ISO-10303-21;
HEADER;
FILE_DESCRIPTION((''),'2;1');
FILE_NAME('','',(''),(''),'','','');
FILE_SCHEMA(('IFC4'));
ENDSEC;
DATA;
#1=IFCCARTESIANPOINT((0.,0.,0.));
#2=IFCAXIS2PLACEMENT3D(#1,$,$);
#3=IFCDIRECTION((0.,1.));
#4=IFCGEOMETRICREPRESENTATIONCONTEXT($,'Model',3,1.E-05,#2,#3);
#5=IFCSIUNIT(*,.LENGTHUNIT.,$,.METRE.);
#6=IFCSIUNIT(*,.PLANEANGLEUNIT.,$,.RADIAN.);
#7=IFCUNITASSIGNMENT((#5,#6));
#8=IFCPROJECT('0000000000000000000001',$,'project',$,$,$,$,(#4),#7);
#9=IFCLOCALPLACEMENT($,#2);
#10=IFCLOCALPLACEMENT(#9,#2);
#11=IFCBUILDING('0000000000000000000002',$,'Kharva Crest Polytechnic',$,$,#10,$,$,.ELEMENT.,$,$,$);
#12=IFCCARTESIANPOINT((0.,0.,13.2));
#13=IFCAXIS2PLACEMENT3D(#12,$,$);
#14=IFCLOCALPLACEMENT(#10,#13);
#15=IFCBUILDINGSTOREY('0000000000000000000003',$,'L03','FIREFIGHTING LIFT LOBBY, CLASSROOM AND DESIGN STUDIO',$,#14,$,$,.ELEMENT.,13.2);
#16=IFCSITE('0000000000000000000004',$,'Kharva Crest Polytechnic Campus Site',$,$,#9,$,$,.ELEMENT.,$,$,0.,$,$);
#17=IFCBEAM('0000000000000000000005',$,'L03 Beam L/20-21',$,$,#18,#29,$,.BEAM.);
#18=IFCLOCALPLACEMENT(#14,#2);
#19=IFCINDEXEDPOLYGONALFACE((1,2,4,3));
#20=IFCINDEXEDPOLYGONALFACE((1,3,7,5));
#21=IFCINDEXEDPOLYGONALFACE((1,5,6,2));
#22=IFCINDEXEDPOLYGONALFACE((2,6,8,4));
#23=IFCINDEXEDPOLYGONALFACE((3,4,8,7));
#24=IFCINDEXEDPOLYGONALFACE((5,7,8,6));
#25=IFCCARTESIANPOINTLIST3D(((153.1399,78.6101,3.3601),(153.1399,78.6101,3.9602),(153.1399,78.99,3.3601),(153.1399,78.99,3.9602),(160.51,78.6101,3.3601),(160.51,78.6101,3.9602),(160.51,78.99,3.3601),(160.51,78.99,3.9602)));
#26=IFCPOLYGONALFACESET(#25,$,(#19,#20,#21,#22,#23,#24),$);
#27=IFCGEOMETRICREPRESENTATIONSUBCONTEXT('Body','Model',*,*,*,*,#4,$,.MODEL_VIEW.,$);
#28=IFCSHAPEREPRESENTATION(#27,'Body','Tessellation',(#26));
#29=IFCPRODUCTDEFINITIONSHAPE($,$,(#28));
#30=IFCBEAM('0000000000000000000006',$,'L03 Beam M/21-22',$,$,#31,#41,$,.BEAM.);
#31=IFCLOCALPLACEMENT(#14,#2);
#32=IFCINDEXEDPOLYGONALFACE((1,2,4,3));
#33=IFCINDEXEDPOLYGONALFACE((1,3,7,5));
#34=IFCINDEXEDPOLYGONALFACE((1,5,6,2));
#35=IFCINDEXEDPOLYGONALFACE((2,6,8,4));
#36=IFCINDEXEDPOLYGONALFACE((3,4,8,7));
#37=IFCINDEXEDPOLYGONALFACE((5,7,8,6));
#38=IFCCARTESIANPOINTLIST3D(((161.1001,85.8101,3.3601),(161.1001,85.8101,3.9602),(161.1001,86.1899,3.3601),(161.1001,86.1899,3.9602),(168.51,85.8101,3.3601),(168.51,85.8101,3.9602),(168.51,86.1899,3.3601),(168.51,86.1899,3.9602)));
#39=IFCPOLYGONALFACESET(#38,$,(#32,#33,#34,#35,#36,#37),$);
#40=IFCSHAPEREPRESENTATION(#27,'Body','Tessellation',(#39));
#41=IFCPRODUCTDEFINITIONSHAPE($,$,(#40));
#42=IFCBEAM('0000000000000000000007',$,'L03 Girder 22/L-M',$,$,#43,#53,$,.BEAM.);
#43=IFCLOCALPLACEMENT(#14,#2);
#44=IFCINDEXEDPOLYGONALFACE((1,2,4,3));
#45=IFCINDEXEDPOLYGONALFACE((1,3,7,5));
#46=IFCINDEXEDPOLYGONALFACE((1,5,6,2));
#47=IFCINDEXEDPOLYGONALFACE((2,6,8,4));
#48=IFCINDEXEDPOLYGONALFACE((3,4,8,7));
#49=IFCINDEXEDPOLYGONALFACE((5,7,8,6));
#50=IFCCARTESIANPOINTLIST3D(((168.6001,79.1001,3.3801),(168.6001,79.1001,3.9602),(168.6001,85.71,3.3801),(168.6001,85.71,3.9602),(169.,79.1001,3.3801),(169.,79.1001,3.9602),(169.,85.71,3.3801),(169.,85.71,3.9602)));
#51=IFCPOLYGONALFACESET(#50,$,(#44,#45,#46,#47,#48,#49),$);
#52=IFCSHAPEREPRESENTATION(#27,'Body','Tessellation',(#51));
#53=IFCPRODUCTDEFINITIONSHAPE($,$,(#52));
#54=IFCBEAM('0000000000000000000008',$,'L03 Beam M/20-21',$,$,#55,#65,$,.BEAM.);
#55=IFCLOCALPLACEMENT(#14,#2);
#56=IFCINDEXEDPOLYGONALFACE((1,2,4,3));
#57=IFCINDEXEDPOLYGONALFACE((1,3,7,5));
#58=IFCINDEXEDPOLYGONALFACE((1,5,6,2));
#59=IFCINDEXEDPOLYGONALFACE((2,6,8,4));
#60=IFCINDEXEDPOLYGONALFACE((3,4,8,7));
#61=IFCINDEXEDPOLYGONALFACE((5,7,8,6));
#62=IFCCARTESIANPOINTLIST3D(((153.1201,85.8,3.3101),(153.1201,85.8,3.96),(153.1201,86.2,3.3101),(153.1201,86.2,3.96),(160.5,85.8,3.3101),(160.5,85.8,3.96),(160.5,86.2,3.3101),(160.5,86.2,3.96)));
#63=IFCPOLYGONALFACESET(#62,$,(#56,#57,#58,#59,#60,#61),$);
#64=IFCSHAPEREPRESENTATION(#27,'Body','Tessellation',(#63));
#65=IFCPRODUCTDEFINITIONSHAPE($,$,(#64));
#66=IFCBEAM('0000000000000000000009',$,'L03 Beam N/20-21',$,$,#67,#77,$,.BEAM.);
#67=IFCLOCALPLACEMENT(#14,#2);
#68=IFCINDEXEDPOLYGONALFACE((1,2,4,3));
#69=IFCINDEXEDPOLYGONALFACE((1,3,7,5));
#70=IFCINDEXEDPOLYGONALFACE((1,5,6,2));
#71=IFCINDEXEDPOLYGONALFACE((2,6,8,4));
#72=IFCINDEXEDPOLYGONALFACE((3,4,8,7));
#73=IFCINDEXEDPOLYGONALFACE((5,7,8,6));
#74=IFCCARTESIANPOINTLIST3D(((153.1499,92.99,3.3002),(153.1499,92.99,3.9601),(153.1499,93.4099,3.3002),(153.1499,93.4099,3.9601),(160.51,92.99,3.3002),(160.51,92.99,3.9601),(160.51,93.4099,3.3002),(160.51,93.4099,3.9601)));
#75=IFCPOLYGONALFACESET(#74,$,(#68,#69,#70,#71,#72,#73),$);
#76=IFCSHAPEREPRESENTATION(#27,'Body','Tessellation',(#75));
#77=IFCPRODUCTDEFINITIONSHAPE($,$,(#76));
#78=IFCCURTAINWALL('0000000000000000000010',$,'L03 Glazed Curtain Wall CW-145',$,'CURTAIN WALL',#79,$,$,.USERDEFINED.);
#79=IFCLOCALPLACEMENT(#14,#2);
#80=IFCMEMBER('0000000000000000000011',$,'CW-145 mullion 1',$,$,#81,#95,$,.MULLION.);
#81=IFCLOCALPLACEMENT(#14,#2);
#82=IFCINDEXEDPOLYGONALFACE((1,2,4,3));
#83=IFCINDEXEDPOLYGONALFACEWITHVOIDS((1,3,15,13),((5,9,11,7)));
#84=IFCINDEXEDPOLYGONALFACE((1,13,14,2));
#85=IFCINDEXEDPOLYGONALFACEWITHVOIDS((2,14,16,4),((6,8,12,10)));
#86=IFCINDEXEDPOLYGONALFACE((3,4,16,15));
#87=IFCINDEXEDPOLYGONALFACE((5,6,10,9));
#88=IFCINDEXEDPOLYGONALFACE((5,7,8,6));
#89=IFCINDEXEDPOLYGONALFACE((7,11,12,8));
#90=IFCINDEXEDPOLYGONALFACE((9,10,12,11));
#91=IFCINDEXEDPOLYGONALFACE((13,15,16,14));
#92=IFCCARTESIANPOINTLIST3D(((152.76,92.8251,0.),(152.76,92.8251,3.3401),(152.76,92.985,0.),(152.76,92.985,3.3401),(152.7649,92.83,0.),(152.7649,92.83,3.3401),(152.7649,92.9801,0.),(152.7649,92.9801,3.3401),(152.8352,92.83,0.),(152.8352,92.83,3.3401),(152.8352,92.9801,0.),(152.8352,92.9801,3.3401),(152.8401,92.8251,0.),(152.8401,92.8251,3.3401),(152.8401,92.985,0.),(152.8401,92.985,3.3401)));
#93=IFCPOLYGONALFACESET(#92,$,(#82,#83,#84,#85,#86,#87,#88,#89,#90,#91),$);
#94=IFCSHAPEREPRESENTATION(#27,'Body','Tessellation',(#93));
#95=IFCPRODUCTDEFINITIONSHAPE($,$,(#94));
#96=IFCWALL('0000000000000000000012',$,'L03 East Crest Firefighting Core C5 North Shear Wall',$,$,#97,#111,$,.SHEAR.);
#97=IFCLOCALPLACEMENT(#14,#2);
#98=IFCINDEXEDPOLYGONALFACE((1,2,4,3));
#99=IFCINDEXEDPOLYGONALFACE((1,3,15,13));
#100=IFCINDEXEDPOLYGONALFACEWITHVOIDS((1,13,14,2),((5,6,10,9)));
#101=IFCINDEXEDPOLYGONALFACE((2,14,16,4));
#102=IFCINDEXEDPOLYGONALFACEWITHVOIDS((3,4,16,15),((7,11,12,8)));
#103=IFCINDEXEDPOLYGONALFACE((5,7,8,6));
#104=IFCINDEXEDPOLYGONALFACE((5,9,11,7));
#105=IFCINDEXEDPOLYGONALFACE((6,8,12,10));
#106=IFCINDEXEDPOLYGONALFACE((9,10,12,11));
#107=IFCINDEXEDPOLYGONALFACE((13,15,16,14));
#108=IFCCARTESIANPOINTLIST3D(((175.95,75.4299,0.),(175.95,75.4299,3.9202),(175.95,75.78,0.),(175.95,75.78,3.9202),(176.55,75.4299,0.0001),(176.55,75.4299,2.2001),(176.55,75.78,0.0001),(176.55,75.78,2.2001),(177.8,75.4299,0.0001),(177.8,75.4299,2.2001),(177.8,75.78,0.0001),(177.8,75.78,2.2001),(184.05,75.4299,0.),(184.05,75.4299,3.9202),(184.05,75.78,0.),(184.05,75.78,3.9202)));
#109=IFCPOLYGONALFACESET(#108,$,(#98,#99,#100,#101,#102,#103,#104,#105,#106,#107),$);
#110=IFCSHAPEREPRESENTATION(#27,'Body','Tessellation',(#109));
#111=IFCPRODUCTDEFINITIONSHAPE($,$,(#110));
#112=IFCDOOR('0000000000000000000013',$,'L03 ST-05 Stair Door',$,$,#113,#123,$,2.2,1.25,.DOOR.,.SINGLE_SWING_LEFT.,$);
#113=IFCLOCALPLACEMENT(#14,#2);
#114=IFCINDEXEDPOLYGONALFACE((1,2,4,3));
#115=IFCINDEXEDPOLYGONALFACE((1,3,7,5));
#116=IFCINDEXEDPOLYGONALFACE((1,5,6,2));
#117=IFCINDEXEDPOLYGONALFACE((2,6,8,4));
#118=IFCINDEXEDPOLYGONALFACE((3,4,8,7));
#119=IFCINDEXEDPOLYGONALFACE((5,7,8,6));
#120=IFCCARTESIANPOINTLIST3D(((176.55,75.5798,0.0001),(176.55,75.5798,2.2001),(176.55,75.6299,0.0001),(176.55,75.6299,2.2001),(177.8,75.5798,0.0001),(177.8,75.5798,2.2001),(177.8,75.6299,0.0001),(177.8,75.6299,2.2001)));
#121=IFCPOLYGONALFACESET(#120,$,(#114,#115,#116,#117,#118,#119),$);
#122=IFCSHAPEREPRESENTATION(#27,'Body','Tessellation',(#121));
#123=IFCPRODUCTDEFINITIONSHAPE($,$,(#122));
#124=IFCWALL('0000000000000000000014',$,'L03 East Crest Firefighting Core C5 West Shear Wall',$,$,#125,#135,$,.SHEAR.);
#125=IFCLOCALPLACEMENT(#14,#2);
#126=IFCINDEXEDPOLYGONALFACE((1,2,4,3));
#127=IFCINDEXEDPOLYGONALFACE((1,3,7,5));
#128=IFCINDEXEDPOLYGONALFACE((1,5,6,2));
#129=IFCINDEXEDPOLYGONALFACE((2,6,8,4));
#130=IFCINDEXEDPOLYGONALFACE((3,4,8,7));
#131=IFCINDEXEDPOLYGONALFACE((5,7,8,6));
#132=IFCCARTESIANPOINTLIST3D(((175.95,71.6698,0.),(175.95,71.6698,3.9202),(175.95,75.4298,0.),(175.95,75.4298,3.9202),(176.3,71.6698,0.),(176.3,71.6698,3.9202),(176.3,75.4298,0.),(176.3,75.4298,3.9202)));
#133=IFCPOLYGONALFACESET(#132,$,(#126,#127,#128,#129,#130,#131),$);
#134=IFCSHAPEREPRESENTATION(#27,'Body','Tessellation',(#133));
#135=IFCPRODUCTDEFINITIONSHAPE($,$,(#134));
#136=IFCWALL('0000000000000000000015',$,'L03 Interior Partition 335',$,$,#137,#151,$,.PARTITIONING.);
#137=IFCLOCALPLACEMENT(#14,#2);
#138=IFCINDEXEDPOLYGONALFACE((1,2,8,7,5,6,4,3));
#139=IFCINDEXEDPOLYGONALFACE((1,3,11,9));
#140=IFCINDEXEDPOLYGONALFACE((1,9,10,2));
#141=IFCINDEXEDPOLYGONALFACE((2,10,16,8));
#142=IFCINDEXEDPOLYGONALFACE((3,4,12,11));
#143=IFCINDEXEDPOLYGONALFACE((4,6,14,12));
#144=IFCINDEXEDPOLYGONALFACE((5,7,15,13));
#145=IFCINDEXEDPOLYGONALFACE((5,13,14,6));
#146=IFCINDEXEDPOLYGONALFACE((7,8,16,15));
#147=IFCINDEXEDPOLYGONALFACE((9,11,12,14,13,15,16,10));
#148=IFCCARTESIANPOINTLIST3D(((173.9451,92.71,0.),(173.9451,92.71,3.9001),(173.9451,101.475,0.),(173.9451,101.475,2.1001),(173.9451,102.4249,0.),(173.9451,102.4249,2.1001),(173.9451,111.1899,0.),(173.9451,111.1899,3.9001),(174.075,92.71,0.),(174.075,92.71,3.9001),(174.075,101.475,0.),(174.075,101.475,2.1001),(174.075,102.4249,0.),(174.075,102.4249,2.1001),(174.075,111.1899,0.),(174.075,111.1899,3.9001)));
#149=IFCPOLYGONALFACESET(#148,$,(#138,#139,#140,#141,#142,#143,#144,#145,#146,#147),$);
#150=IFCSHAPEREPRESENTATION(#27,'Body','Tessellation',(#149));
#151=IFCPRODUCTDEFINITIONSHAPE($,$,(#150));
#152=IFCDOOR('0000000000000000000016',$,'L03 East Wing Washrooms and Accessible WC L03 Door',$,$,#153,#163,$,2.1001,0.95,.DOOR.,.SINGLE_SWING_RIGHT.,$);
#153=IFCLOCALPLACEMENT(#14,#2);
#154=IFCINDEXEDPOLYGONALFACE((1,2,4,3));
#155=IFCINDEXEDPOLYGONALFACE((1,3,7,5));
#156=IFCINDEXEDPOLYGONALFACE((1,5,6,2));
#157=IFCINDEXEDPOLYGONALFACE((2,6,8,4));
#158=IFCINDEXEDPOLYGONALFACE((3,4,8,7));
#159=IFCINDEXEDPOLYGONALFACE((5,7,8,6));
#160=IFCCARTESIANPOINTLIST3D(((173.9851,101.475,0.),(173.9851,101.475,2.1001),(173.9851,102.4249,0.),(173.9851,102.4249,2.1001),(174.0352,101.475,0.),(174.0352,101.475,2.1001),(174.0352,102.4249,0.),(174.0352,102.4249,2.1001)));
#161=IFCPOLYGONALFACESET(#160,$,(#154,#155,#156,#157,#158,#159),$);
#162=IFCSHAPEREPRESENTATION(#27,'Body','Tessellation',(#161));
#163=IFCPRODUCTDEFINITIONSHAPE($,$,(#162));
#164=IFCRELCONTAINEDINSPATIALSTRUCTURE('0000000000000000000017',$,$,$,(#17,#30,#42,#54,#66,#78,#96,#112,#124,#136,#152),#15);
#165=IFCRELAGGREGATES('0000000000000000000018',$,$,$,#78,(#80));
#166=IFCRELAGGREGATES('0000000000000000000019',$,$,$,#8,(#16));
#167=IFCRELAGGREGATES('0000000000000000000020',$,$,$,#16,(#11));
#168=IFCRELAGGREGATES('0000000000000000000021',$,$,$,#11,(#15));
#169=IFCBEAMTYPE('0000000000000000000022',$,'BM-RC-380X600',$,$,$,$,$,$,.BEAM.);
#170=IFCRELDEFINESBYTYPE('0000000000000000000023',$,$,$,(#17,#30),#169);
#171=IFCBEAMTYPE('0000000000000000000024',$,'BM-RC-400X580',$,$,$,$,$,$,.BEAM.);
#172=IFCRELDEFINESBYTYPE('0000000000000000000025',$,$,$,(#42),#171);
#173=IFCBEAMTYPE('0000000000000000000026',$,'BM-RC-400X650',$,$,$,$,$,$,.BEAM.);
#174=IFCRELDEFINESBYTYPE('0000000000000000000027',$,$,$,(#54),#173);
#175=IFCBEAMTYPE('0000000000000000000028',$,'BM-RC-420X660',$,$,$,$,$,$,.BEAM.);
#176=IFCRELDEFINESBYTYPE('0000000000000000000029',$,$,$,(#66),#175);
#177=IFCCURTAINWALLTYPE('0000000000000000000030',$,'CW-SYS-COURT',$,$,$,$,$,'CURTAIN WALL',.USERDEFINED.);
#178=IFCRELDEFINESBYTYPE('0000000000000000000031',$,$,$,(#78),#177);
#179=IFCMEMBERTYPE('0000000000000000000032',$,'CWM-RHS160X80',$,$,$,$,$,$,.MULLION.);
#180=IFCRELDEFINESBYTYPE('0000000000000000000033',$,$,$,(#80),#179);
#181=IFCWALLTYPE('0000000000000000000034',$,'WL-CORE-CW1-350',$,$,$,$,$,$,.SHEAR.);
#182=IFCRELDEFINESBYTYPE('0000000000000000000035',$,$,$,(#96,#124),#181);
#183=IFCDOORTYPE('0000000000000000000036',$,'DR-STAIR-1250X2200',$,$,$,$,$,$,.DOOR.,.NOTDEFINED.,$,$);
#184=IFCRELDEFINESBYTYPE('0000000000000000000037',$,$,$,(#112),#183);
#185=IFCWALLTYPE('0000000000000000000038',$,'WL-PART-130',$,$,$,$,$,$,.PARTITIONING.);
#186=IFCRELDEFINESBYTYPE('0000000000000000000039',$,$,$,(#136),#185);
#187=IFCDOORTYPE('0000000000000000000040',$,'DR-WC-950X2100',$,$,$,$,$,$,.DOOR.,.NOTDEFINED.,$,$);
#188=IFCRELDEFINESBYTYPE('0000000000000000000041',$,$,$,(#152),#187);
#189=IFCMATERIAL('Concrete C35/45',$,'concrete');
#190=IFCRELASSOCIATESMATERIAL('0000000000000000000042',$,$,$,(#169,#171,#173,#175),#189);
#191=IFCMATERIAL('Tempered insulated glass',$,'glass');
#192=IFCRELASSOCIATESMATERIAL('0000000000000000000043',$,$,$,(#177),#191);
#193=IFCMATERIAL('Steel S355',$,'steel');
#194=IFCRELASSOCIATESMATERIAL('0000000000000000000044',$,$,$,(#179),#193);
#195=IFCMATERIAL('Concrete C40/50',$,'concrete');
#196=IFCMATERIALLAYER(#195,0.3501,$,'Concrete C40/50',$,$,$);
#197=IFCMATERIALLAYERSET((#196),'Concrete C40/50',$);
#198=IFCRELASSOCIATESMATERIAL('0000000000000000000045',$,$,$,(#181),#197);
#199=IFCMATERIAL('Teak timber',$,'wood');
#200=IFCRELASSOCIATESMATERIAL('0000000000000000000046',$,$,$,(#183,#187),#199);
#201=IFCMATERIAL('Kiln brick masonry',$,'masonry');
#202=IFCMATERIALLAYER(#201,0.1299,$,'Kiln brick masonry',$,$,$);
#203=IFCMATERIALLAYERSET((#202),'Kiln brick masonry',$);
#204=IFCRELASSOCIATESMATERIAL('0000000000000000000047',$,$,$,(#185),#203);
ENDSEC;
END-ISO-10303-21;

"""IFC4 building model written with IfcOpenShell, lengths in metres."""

from ifc_helpers import new_model, si_unit, direction, frame, frame_2d, origin, origin_2d, place, context, subcontext, project, spatial, rectangle, hollow_rectangle, extrude, material, layer, layer_set, material_profile, profile_set, type_object, element, fill, aggregate, save


model = new_model("IFC4")

# Units and contexts
model_context = context("Model", 3, precision=1e-05, world=origin(), true_north=direction((0.0, 1.0)))
body_context = subcontext(model_context, "Body", "Model", "MODEL_VIEW")
ifc_project = project(units=[si_unit("LENGTHUNIT", "METRE"), si_unit("PLANEANGLEUNIT", "RADIAN")], contexts=[model_context])

# Site, building, storey
site_placement = place(None, origin())
site = spatial("IfcSite", under=ifc_project, at=site_placement, Name="Kharva Crest Polytechnic Campus Site", CompositionType="ELEMENT", RefElevation=0.0)
building_placement = place(site_placement, origin())
building = spatial("IfcBuilding", under=site, at=building_placement, Name="Kharva Crest Polytechnic", CompositionType="ELEMENT")
storey_placement = place(building_placement, frame((0.0, 0.0, 13.2)))
storey = spatial("IfcBuildingStorey", under=building, at=storey_placement, Name="L03", Description="FIREFIGHTING LIFT LOBBY, CLASSROOM AND DESIGN STUDIO", CompositionType="ELEMENT", Elevation=13.2)

# Shared definitions
ifc_material_1 = material(Name="Concrete C40/50", Category="concrete")

# Beams
ifc_material_2 = material(Name="Concrete C35/45", Category="concrete")
ifc_material_profile_1 = material_profile(ifc_material_2, rectangle(XDim=0.3799, YDim=0.6001, at=origin_2d()), Name="RECT 380 X 600")
ifc_profile_set_1 = profile_set([ifc_material_profile_1], Name="Concrete C35/45")
beam_type_1 = type_object("IfcBeamType", Name="BM-RC-380X600", PredefinedType="BEAM", material=ifc_profile_set_1)
beam_1_placement = place(storey_placement, frame((153.1399, 78.8, 3.6602), z_axis=(1.0, 0.0, 0.0), x_axis=(0.0, 1.0, 0.0)))
element("IfcBeam", 1, at=beam_1_placement, inside=storey, type_object=beam_type_1, Name="L03 Beam L/20-21", PredefinedType="BEAM", context=body_context, shape_type="SweptSolid", body=[
    extrude(rectangle(XDim=0.3799, YDim=0.6001, at=origin_2d()), origin(), (0.0, 0.0, 1.0), 7.3701),
])
beam_2_placement = place(storey_placement, frame((161.1001, 86.0, 3.6602), z_axis=(1.0, 0.0, 0.0), x_axis=(0.0, 1.0, 0.0)))
element("IfcBeam", 2, at=beam_2_placement, inside=storey, type_object=beam_type_1, Name="L03 Beam M/21-22", PredefinedType="BEAM", context=body_context, shape_type="SweptSolid", body=[
    extrude(rectangle(XDim=0.3799, YDim=0.6001, at=origin_2d()), origin(), (0.0, 0.0, 1.0), 7.4099),
])
ifc_material_profile_2 = material_profile(ifc_material_2, rectangle(XDim=0.3999, YDim=0.5801, at=origin_2d()), Name="RECT 400 X 580")
ifc_profile_set_2 = profile_set([ifc_material_profile_2], Name="Concrete C35/45")
beam_type_2 = type_object("IfcBeamType", Name="BM-RC-400X580", PredefinedType="BEAM", material=ifc_profile_set_2)
beam_3_placement = place(storey_placement, frame((168.8, 79.1001, 3.6702), z_axis=(0.0, 1.0, 0.0), x_axis=(-1.0, 0.0, 0.0)))
element("IfcBeam", 3, at=beam_3_placement, inside=storey, type_object=beam_type_2, Name="L03 Girder 22/L-M", PredefinedType="BEAM", context=body_context, shape_type="SweptSolid", body=[
    extrude(rectangle(XDim=0.3999, YDim=0.5801, at=origin_2d()), origin(), (0.0, 0.0, 1.0), 6.6099),
])
ifc_material_profile_3 = material_profile(ifc_material_2, rectangle(XDim=0.3999, YDim=0.6499, at=origin_2d()), Name="RECT 400 X 650")
ifc_profile_set_3 = profile_set([ifc_material_profile_3], Name="Concrete C35/45")
beam_type_3 = type_object("IfcBeamType", Name="BM-RC-400X650", PredefinedType="BEAM", material=ifc_profile_set_3)
beam_4_placement = place(storey_placement, frame((153.1201, 86.0, 3.635), z_axis=(1.0, 0.0, 0.0), x_axis=(0.0, 1.0, 0.0)))
element("IfcBeam", 4, at=beam_4_placement, inside=storey, type_object=beam_type_3, Name="L03 Beam M/20-21", PredefinedType="BEAM", context=body_context, shape_type="SweptSolid", body=[
    extrude(rectangle(XDim=0.3999, YDim=0.6499, at=origin_2d()), origin(), (0.0, 0.0, 1.0), 7.3799),
])
ifc_material_profile_4 = material_profile(ifc_material_2, rectangle(XDim=0.4199, YDim=0.6599, at=origin_2d()), Name="RECT 420 X 660")
ifc_profile_set_4 = profile_set([ifc_material_profile_4], Name="Concrete C35/45")
beam_type_4 = type_object("IfcBeamType", Name="BM-RC-420X660", PredefinedType="BEAM", material=ifc_profile_set_4)
beam_5_placement = place(storey_placement, frame((153.1499, 93.2, 3.6301), z_axis=(1.0, 0.0, 0.0), x_axis=(0.0, 1.0, 0.0)))
element("IfcBeam", 5, at=beam_5_placement, inside=storey, type_object=beam_type_4, Name="L03 Beam N/20-21", PredefinedType="BEAM", context=body_context, shape_type="SweptSolid", body=[
    extrude(rectangle(XDim=0.4199, YDim=0.6599, at=origin_2d()), origin(), (0.0, 0.0, 1.0), 7.3601),
])

# Curtain wall, member
ifc_material_3 = material(Name="Tempered insulated glass", Category="glass")
curtain_wall_type = type_object("IfcCurtainWallType", Name="CW-SYS-COURT", ElementType="CURTAIN WALL", PredefinedType="USERDEFINED", material=ifc_material_3)
curtain_wall_placement = place(storey_placement, origin())
curtain_wall = element("IfcCurtainWall", 6, at=curtain_wall_placement, inside=storey, type_object=curtain_wall_type, Name="L03 Glazed Curtain Wall CW-145", ObjectType="CURTAIN WALL", PredefinedType="USERDEFINED")
ifc_material_4 = material(Name="Steel S355", Category="steel")
ifc_material_profile_5 = material_profile(ifc_material_4, hollow_rectangle(XDim=0.0801, YDim=0.1599, WallThickness=0.0049, at=origin_2d()), Name="RHS 160X80X5.0")
ifc_profile_set_5 = profile_set([ifc_material_profile_5], Name="Steel S355")
member_type = type_object("IfcMemberType", Name="CWM-RHS160X80", PredefinedType="MULLION", material=ifc_profile_set_5)
member_placement = place(storey_placement, frame((152.8, 92.905, 0.0), z_axis=(0.0, 0.0, 1.0), x_axis=(1.0, 0.0, 0.0)))
member = element("IfcMember", 7, at=member_placement, type_object=member_type, Name="CW-145 mullion 1", PredefinedType="MULLION", context=body_context, shape_type="SweptSolid", body=[
    extrude(hollow_rectangle(XDim=0.0801, YDim=0.1599, WallThickness=0.0049, at=origin_2d()), origin(), (0.0, 0.0, 1.0), 3.3401),
])
aggregate(curtain_wall, [member])

# Wall, opening, door
ifc_layer_1 = layer(ifc_material_1, 0.3501, Name="Concrete C40/50")
ifc_layer_set_1 = layer_set([ifc_layer_1], Name="Concrete C40/50")
wall_type_1 = type_object("IfcWallType", Name="WL-CORE-CW1-350", PredefinedType="SHEAR", material=ifc_layer_set_1)
wall_1_placement = place(storey_placement, frame((175.95, 75.605, 0.0), z_axis=(0.0, 0.0, 1.0), x_axis=(1.0, 0.0, 0.0)))
wall_1 = element("IfcWall", 8, at=wall_1_placement, inside=storey, type_object=wall_type_1, Name="L03 East Crest Firefighting Core C5 North Shear Wall", PredefinedType="SHEAR", context=body_context, shape_type="SweptSolid", body=[
    extrude(rectangle(XDim=8.1001, YDim=0.3501, at=frame_2d((4.05, 0.0))), origin(), (0.0, 0.0, 1.0), 3.9202),
])
opening_1_placement = place(wall_1_placement, frame((0.6001, 0.0, 0.0)))
opening_1 = element("IfcOpeningElement", 9, at=opening_1_placement, cuts=wall_1, PredefinedType="OPENING", context=body_context, shape_type="SweptSolid", body=[
    extrude(rectangle(XDim=1.25, YDim=2.2, at=frame_2d((0.625, 1.1001))), frame((0.0, 0.1851, 0.0), z_axis=(0.0, -1.0, 0.0), x_axis=(1.0, 0.0, 0.0)), (0.0, 0.0, 1.0), 0.3701),
])
ifc_material_5 = material(Name="Teak timber", Category="wood")
door_type_1 = type_object("IfcDoorType", Name="DR-STAIR-1250X2200", OperationType="NOTDEFINED", PredefinedType="DOOR", material=ifc_material_5)
door_1_placement = place(opening_1_placement, origin())
door_1 = element("IfcDoor", 10, at=door_1_placement, inside=storey, type_object=door_type_1, Name="L03 ST-05 Stair Door", OperationType="SINGLE_SWING_LEFT", OverallHeight=2.2, OverallWidth=1.25, PredefinedType="DOOR", context=body_context, shape_type="SweptSolid", body=[
    extrude(rectangle(XDim=1.25, YDim=2.2, at=frame_2d((0.625, 1.1001))), frame((0.0, 0.0249, 0.0), z_axis=(0.0, -1.0, 0.0), x_axis=(1.0, 0.0, 0.0)), (0.0, 0.0, 1.0), 0.05),
])
fill(opening_1, door_1)

# Wall
wall_2_placement = place(storey_placement, frame((176.125, 71.6699, 0.0), z_axis=(0.0, 0.0, 1.0), x_axis=(0.0, 1.0, 0.0)))
element("IfcWall", 11, at=wall_2_placement, inside=storey, type_object=wall_type_1, Name="L03 East Crest Firefighting Core C5 West Shear Wall", PredefinedType="SHEAR", context=body_context, shape_type="SweptSolid", body=[
    extrude(rectangle(XDim=3.76, YDim=0.3501, at=frame_2d((1.8799, 0.0))), origin(), (0.0, 0.0, 1.0), 3.9202),
])

# Wall, opening, door
ifc_material_6 = material(Name="Kiln brick masonry", Category="masonry")
ifc_layer_2 = layer(ifc_material_6, 0.1299, Name="Kiln brick masonry")
ifc_layer_set_2 = layer_set([ifc_layer_2], Name="Kiln brick masonry")
wall_type_2 = type_object("IfcWallType", Name="WL-PART-130", PredefinedType="PARTITIONING", material=ifc_layer_set_2)
wall_3_placement = place(storey_placement, frame((174.01, 92.71, 0.0), z_axis=(0.0, 0.0, 1.0), x_axis=(0.0, 1.0, 0.0)))
wall_3 = element("IfcWall", 12, at=wall_3_placement, inside=storey, type_object=wall_type_2, Name="L03 Interior Partition 335", PredefinedType="PARTITIONING", context=body_context, shape_type="SweptSolid", body=[
    extrude(rectangle(XDim=18.48, YDim=0.1299, at=frame_2d((9.24, 0.0))), origin(), (0.0, 0.0, 1.0), 3.9001),
])
opening_2_placement = place(wall_3_placement, frame((8.7649, 0.0, 0.0)))
opening_2 = element("IfcOpeningElement", 13, at=opening_2_placement, cuts=wall_3, PredefinedType="OPENING", context=body_context, shape_type="SweptSolid", body=[
    extrude(rectangle(XDim=0.95, YDim=2.1001, at=frame_2d((0.4751, 1.05))), frame((0.0, 0.075, 0.0), z_axis=(0.0, -1.0, 0.0), x_axis=(1.0, 0.0, 0.0)), (0.0, 0.0, 1.0), 0.1499),
])
door_type_2 = type_object("IfcDoorType", Name="DR-WC-950X2100", OperationType="NOTDEFINED", PredefinedType="DOOR", material=ifc_material_5)
door_2_placement = place(opening_2_placement, origin())
door_2 = element("IfcDoor", 14, at=door_2_placement, inside=storey, type_object=door_type_2, Name="L03 East Wing Washrooms and Accessible WC L03 Door", OperationType="SINGLE_SWING_RIGHT", OverallHeight=2.1001, OverallWidth=0.95, PredefinedType="DOOR", context=body_context, shape_type="SweptSolid", body=[
    extrude(rectangle(XDim=0.95, YDim=2.1001, at=frame_2d((0.4751, 1.05))), frame((0.0, 0.0249, 0.0), z_axis=(0.0, -1.0, 0.0), x_axis=(1.0, 0.0, 0.0)), (0.0, 0.0, 1.0), 0.05),
])
fill(opening_2, door_2)

save(model, "model.ifc")
